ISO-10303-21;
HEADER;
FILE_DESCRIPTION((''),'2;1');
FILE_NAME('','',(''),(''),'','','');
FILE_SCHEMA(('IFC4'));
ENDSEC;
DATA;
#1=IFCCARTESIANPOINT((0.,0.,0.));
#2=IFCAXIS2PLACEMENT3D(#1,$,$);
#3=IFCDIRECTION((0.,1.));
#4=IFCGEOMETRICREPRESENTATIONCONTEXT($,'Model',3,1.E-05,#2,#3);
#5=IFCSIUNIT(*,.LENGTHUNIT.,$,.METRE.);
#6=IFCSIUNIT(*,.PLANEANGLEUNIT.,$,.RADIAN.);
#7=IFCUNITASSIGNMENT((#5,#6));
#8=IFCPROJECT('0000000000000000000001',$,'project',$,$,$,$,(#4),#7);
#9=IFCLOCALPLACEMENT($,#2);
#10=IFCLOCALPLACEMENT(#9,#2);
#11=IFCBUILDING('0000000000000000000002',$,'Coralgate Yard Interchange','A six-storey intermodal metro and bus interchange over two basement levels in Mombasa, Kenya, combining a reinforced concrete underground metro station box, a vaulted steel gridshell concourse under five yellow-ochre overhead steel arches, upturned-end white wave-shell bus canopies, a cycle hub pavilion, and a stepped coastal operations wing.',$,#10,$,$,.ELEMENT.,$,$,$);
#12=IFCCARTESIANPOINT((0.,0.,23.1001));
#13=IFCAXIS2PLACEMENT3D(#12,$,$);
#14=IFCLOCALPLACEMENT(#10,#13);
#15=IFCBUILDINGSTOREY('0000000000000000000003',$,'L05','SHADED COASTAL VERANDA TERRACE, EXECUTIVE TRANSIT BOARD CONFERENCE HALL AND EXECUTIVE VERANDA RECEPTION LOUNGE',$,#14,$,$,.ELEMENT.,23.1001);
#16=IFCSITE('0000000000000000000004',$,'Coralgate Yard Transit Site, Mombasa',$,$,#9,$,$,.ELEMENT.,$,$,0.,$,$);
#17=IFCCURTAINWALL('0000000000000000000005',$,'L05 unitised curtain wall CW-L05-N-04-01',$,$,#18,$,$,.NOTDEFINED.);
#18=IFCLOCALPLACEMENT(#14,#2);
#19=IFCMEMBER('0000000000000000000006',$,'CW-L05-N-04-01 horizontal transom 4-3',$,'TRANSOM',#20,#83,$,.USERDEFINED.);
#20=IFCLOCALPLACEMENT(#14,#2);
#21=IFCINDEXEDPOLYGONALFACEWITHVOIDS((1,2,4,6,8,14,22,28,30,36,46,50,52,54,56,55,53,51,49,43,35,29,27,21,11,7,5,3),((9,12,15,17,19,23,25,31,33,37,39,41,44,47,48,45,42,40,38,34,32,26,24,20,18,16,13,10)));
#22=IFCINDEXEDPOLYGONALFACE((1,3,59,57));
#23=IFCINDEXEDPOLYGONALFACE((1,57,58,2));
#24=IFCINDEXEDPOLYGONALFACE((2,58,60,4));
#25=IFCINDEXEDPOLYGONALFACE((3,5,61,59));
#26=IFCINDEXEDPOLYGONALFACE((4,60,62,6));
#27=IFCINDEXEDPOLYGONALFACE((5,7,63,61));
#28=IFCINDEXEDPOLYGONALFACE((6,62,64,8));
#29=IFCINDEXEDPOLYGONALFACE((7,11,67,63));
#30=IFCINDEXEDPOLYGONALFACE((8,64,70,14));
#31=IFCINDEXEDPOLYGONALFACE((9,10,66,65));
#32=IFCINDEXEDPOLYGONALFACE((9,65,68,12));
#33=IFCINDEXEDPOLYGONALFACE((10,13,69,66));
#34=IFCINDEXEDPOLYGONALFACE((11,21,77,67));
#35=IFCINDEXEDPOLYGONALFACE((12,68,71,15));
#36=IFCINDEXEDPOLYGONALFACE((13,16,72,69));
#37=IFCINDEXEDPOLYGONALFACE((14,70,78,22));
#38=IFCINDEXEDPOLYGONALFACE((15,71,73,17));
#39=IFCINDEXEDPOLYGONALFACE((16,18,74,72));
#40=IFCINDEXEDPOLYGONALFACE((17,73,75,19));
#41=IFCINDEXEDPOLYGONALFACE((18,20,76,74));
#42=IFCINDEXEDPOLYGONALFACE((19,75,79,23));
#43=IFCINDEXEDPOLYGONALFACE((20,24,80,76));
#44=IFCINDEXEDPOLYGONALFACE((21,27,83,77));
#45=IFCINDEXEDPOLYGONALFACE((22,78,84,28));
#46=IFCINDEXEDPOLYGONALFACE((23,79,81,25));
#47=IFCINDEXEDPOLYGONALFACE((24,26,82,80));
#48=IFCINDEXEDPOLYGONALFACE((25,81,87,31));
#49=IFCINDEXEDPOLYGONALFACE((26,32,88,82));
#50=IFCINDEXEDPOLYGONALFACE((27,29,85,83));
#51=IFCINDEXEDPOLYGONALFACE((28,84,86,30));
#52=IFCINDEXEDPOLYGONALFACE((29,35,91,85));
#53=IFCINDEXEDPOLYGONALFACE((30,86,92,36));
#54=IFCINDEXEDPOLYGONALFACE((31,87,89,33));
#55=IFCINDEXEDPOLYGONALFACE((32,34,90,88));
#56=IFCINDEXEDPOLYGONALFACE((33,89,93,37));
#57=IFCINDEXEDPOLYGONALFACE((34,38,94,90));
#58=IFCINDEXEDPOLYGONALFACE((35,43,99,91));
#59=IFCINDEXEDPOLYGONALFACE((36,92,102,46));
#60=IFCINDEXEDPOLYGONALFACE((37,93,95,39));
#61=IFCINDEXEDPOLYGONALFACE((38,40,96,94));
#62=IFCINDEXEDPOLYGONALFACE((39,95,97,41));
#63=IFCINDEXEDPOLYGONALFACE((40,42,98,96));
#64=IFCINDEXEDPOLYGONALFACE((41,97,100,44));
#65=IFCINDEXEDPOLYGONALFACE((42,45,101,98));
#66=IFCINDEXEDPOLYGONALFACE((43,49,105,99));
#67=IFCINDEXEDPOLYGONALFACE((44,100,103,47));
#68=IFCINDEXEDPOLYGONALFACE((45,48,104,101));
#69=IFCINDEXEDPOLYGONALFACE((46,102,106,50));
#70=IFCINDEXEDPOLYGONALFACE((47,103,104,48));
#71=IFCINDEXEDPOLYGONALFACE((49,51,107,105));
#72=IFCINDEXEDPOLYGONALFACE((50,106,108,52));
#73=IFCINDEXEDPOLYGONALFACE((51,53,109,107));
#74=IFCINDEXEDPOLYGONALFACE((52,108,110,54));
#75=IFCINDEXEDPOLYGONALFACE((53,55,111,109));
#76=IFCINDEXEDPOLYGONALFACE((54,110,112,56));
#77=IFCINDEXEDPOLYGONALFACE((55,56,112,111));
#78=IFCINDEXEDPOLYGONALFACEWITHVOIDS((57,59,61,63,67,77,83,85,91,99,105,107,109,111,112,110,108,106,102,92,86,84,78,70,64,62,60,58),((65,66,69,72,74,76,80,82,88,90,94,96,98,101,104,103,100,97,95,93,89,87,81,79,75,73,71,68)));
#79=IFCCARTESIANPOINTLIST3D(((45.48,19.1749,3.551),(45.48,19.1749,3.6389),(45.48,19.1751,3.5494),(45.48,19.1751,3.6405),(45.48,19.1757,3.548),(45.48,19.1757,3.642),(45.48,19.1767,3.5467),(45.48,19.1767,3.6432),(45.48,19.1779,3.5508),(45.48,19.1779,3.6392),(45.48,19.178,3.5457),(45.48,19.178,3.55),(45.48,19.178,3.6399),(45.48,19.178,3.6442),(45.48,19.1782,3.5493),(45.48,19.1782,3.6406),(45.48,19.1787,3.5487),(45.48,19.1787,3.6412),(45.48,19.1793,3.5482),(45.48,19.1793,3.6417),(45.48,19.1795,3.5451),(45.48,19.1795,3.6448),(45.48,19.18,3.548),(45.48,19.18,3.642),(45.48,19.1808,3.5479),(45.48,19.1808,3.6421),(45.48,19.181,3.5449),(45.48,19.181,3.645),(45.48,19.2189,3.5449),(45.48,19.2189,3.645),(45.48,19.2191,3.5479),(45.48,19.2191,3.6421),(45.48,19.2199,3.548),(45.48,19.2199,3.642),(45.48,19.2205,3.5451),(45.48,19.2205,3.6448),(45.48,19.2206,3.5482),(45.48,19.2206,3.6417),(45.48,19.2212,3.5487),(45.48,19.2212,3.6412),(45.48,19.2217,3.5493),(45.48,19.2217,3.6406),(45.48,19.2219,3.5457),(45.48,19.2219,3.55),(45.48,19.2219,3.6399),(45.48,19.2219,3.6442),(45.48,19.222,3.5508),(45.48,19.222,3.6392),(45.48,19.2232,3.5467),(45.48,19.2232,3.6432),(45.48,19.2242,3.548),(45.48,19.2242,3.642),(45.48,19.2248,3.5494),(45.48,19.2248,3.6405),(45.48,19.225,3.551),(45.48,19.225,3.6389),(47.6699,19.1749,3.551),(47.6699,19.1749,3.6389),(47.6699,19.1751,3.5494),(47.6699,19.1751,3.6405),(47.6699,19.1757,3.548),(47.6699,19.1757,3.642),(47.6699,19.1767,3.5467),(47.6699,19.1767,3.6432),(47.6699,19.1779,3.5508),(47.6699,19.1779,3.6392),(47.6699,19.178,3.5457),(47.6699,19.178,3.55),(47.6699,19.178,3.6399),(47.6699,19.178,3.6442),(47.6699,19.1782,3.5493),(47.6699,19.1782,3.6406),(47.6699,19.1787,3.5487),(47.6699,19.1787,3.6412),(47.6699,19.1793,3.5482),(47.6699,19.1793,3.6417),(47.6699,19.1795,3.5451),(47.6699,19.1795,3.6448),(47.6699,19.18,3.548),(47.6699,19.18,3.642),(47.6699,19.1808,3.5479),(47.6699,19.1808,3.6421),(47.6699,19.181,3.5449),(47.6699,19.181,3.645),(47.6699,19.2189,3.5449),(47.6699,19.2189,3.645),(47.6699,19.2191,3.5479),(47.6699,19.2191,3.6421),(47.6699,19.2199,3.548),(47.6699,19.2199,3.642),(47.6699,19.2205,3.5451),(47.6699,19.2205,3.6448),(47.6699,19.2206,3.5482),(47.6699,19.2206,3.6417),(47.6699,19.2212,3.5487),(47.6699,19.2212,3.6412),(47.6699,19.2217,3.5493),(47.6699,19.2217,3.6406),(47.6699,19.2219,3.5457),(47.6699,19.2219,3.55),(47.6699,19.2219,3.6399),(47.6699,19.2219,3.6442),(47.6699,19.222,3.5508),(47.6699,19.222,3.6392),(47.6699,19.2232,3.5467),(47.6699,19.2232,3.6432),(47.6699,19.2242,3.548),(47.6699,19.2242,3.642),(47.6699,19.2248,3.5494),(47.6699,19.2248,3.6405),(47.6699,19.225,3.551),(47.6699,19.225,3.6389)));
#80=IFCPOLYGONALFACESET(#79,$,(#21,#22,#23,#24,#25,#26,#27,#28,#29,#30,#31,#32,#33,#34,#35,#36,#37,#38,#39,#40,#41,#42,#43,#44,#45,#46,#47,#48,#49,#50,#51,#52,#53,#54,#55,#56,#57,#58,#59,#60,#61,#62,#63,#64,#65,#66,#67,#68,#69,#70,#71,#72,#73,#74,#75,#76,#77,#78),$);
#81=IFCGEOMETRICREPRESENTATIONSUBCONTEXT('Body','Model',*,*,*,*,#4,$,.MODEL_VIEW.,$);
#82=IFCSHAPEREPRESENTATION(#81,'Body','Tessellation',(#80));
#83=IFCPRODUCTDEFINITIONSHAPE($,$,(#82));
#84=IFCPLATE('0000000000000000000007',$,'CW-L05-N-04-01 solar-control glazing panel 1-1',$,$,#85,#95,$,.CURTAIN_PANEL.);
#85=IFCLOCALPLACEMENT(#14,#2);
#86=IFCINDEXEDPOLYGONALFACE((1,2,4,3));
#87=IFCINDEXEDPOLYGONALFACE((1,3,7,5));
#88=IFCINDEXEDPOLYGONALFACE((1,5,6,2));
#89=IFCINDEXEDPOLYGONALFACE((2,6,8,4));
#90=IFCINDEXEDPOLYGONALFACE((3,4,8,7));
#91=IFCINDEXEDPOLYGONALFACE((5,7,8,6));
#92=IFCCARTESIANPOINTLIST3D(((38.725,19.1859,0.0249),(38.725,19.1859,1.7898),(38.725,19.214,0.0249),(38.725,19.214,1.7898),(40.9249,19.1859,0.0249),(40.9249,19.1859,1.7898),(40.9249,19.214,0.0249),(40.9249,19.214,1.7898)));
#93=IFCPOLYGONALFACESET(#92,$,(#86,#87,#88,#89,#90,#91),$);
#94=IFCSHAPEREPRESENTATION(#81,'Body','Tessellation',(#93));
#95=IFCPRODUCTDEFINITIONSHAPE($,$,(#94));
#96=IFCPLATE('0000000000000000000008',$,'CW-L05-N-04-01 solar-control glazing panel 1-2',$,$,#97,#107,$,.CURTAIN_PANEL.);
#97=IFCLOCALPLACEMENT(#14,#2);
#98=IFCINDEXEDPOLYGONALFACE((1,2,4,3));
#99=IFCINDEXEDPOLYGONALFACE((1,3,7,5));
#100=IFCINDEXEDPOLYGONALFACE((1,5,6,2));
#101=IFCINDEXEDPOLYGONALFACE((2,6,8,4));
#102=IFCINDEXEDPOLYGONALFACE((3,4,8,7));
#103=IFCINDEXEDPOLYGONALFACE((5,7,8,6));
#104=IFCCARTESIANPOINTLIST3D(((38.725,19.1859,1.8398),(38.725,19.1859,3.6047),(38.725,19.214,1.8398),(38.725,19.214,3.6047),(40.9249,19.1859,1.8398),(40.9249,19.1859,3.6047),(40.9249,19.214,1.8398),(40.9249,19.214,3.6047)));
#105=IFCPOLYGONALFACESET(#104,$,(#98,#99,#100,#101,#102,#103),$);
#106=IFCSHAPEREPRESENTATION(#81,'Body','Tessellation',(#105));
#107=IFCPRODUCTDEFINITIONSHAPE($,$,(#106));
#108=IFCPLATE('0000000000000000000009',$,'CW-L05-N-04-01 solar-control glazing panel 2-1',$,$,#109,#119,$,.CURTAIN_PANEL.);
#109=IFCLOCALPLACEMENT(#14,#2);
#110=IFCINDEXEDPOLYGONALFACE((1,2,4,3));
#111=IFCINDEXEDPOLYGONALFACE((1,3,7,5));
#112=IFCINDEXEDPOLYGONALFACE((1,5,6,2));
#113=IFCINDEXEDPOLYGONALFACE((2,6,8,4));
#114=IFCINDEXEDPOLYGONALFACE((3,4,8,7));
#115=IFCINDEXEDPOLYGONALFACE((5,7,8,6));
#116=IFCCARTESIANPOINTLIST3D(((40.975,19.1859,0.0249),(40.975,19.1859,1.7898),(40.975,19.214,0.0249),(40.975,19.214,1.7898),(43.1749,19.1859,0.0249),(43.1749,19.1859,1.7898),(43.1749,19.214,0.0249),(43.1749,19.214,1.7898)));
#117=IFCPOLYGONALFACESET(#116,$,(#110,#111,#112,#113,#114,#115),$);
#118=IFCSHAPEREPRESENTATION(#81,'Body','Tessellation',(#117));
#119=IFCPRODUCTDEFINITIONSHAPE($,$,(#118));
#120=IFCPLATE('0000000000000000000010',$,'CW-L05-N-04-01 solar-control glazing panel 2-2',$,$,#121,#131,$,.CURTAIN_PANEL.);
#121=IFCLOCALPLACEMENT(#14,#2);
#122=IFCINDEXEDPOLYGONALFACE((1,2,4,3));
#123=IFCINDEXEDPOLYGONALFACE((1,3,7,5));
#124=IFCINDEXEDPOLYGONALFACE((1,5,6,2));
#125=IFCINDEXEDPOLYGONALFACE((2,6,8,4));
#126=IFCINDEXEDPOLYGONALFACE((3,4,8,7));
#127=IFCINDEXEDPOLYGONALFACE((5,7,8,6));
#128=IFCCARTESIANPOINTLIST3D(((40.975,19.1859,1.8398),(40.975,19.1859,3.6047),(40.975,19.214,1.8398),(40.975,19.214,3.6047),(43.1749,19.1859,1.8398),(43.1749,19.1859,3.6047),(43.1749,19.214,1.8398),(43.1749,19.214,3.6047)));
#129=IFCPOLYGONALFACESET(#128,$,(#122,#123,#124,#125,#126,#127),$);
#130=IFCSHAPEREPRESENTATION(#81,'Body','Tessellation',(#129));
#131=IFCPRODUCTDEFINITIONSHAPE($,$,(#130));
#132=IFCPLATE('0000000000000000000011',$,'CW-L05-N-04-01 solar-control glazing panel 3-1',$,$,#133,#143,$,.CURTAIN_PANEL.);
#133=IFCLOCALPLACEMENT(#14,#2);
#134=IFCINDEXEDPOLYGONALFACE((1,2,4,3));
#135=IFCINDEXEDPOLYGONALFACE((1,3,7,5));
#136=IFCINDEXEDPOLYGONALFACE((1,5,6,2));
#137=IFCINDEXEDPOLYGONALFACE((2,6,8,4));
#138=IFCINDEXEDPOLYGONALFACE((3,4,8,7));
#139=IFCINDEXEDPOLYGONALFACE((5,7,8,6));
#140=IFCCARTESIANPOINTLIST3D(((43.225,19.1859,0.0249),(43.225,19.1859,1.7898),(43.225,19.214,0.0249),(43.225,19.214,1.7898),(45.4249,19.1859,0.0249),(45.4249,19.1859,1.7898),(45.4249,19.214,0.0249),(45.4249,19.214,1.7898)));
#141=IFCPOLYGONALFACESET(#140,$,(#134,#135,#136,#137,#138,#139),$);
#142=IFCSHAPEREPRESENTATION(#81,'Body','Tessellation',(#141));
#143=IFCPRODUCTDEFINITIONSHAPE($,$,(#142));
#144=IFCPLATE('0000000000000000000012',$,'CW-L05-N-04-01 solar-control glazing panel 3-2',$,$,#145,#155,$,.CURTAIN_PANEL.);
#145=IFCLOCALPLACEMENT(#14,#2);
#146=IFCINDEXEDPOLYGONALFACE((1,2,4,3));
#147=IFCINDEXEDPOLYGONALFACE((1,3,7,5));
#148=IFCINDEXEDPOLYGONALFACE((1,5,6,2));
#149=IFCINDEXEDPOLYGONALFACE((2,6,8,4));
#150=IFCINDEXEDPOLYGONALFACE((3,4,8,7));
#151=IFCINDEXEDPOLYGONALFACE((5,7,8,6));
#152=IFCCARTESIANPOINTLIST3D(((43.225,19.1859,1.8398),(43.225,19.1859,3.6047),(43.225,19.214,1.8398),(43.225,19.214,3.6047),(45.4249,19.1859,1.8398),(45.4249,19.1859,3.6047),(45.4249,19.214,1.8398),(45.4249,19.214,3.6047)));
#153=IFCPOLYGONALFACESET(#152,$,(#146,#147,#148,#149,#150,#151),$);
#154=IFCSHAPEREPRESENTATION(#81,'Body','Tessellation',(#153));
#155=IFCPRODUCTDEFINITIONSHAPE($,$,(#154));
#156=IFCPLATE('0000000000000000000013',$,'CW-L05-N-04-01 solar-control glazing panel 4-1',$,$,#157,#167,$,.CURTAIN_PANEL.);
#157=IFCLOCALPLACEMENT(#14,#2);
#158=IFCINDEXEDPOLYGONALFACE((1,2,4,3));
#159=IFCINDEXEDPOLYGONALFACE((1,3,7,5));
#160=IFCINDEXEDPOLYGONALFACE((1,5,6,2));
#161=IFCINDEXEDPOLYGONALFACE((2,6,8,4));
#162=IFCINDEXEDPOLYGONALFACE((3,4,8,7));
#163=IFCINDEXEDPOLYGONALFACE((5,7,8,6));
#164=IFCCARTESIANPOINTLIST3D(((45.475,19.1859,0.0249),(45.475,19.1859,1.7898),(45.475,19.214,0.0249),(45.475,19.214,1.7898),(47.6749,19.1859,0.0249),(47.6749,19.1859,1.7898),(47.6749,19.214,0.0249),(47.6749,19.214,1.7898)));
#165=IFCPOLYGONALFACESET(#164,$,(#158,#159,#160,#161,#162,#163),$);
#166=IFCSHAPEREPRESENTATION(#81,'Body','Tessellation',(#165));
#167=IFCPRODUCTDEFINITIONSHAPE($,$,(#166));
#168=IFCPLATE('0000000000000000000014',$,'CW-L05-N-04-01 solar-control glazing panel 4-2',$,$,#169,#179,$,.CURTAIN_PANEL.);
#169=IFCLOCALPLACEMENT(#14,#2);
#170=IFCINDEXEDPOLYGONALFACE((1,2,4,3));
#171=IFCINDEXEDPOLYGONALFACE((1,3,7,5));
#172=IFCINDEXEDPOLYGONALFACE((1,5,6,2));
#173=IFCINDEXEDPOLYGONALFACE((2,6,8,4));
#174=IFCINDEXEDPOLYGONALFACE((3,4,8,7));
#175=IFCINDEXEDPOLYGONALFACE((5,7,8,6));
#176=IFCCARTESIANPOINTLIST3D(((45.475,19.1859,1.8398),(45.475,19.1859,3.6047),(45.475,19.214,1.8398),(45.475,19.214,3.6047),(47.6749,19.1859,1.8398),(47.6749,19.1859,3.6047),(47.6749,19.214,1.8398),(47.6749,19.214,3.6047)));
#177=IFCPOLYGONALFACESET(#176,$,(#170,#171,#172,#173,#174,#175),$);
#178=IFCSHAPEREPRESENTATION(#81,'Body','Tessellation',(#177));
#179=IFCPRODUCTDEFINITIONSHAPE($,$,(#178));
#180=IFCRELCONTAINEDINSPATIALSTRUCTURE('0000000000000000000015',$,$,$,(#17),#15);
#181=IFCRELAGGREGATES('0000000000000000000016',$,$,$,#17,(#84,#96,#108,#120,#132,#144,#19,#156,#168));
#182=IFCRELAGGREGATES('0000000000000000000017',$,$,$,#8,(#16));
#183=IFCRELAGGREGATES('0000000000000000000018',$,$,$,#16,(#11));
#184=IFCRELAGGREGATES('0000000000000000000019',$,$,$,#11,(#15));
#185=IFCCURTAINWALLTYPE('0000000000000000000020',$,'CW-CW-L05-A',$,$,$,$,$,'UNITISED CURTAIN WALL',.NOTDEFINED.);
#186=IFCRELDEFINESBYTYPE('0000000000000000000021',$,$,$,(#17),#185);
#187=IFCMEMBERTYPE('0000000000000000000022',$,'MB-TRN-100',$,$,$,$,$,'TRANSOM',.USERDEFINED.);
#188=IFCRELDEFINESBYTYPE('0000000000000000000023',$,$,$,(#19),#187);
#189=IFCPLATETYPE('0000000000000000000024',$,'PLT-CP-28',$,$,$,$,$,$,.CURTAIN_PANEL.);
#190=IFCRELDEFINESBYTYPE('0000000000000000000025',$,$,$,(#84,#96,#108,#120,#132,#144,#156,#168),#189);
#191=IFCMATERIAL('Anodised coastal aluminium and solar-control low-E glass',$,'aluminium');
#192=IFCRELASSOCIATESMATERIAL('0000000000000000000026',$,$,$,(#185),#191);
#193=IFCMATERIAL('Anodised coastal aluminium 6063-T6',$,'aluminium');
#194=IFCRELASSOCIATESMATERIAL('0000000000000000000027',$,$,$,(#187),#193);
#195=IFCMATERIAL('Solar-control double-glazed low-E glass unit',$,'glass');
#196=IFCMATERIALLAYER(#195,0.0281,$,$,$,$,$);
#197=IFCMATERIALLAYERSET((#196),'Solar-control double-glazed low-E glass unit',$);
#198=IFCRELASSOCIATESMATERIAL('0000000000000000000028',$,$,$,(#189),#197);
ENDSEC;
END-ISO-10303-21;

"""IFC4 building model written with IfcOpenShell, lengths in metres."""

from ifc_helpers import new_model, si_unit, direction, frame, origin, origin_2d, place, context, subcontext, project, spatial, rectangle, hollow_rectangle, extrude, material, layer, layer_set, material_profile, profile_set, type_object, element, aggregate, save


model = new_model("IFC4")

# Units and contexts
model_context = context("Model", 3, precision=1e-05, world=origin(), true_north=direction((0.0, 1.0)))
body_context = subcontext(model_context, "Body", "Model", "MODEL_VIEW")
ifc_project = project(units=[si_unit("LENGTHUNIT", "METRE"), si_unit("PLANEANGLEUNIT", "RADIAN")], contexts=[model_context])

# Site, building, storey
site_placement = place(None, origin())
site = spatial("IfcSite", under=ifc_project, at=site_placement, Name="Coralgate Yard Transit Site, Mombasa", CompositionType="ELEMENT", RefElevation=0.0)
building_placement = place(site_placement, origin())
building = spatial("IfcBuilding", under=site, at=building_placement, Name="Coralgate Yard Interchange", Description="A six-storey intermodal metro and bus interchange over two basement levels in Mombasa, Kenya, combining a reinforced concrete underground metro station box, a vaulted steel gridshell concourse under five yellow-ochre overhead steel arches, upturned-end white wave-shell bus canopies, a cycle hub pavilion, and a stepped coastal operations wing.", CompositionType="ELEMENT")
storey_placement = place(building_placement, frame((0.0, 0.0, 23.1001)))
storey = spatial("IfcBuildingStorey", under=building, at=storey_placement, Name="L05", Description="SHADED COASTAL VERANDA TERRACE, EXECUTIVE TRANSIT BOARD CONFERENCE HALL AND EXECUTIVE VERANDA RECEPTION LOUNGE", CompositionType="ELEMENT", Elevation=23.1001)

# Curtain wall, member, plates
ifc_material_1 = material(Name="Anodised coastal aluminium and solar-control low-E glass", Category="aluminium")
curtain_wall_type = type_object("IfcCurtainWallType", Name="CW-CW-L05-A", ElementType="UNITISED CURTAIN WALL", PredefinedType="NOTDEFINED", material=ifc_material_1)
curtain_wall_placement = place(storey_placement, origin())
curtain_wall = element("IfcCurtainWall", 1, at=curtain_wall_placement, inside=storey, type_object=curtain_wall_type, Name="L05 unitised curtain wall CW-L05-N-04-01", PredefinedType="NOTDEFINED")
ifc_material_2 = material(Name="Anodised coastal aluminium 6063-T6", Category="aluminium")
ifc_material_profile_1 = material_profile(ifc_material_2, hollow_rectangle(XDim=0.05, YDim=0.1001, WallThickness=0.0029, InnerFilletRadius=0.0029, OuterFilletRadius=0.0061, at=origin_2d()), Name="ALU 50x100x3")
ifc_profile_set_1 = profile_set([ifc_material_profile_1], Name="Anodised coastal aluminium 6063-T6")
member_type_1 = type_object("IfcMemberType", Name="MB-TRN-100", ElementType="TRANSOM", PredefinedType="USERDEFINED", material=ifc_profile_set_1)
member_1_placement = place(storey_placement, frame((45.48, 19.2, 3.595), z_axis=(1.0, 0.0, 0.0), x_axis=(0.0, 1.0, 0.0)))
member_1 = element("IfcMember", 2, at=member_1_placement, type_object=member_type_1, Name="CW-L05-N-04-01 horizontal transom 4-3", ObjectType="TRANSOM", PredefinedType="USERDEFINED", context=body_context, shape_type="SweptSolid", body=[
    extrude(hollow_rectangle(XDim=0.05, YDim=0.1001, WallThickness=0.0029, InnerFilletRadius=0.0029, OuterFilletRadius=0.0061, at=origin_2d()), origin(), (0.0, 0.0, 1.0), 2.1899),
])
ifc_material_3 = material(Name="Solar-control double-glazed low-E glass unit", Category="glass")
ifc_layer_1 = layer(ifc_material_3, 0.0281)
ifc_layer_set_1 = layer_set([ifc_layer_1], Name="Solar-control double-glazed low-E glass unit")
plate_type = type_object("IfcPlateType", Name="PLT-CP-28", PredefinedType="CURTAIN_PANEL", material=ifc_layer_set_1)
plate_1_placement = place(storey_placement, frame((39.825, 19.2, 0.0249), z_axis=(0.0, 0.0, 1.0), x_axis=(1.0, 0.0, 0.0)))
plate_1 = element("IfcPlate", 3, at=plate_1_placement, type_object=plate_type, Name="CW-L05-N-04-01 solar-control glazing panel 1-1", PredefinedType="CURTAIN_PANEL", context=body_context, shape_type="SweptSolid", body=[
    extrude(rectangle(XDim=2.2, YDim=0.0281, at=origin_2d()), origin(), (0.0, 0.0, 1.0), 1.7649),
])
plate_2_placement = place(storey_placement, frame((39.825, 19.2, 1.8398), z_axis=(0.0, 0.0, 1.0), x_axis=(1.0, 0.0, 0.0)))
plate_2 = element("IfcPlate", 4, at=plate_2_placement, type_object=plate_type, Name="CW-L05-N-04-01 solar-control glazing panel 1-2", PredefinedType="CURTAIN_PANEL", context=body_context, shape_type="SweptSolid", body=[
    extrude(rectangle(XDim=2.2, YDim=0.0281, at=origin_2d()), origin(), (0.0, 0.0, 1.0), 1.7649),
])
plate_3_placement = place(storey_placement, frame((42.075, 19.2, 0.0249), z_axis=(0.0, 0.0, 1.0), x_axis=(1.0, 0.0, 0.0)))
plate_3 = element("IfcPlate", 5, at=plate_3_placement, type_object=plate_type, Name="CW-L05-N-04-01 solar-control glazing panel 2-1", PredefinedType="CURTAIN_PANEL", context=body_context, shape_type="SweptSolid", body=[
    extrude(rectangle(XDim=2.2, YDim=0.0281, at=origin_2d()), origin(), (0.0, 0.0, 1.0), 1.7649),
])
plate_4_placement = place(storey_placement, frame((42.075, 19.2, 1.8398), z_axis=(0.0, 0.0, 1.0), x_axis=(1.0, 0.0, 0.0)))
plate_4 = element("IfcPlate", 6, at=plate_4_placement, type_object=plate_type, Name="CW-L05-N-04-01 solar-control glazing panel 2-2", PredefinedType="CURTAIN_PANEL", context=body_context, shape_type="SweptSolid", body=[
    extrude(rectangle(XDim=2.2, YDim=0.0281, at=origin_2d()), origin(), (0.0, 0.0, 1.0), 1.7649),
])
plate_5_placement = place(storey_placement, frame((44.325, 19.2, 0.0249), z_axis=(0.0, 0.0, 1.0), x_axis=(1.0, 0.0, 0.0)))
plate_5 = element("IfcPlate", 7, at=plate_5_placement, type_object=plate_type, Name="CW-L05-N-04-01 solar-control glazing panel 3-1", PredefinedType="CURTAIN_PANEL", context=body_context, shape_type="SweptSolid", body=[
    extrude(rectangle(XDim=2.2, YDim=0.0281, at=origin_2d()), origin(), (0.0, 0.0, 1.0), 1.7649),
])
plate_6_placement = place(storey_placement, frame((44.325, 19.2, 1.8398), z_axis=(0.0, 0.0, 1.0), x_axis=(1.0, 0.0, 0.0)))
plate_6 = element("IfcPlate", 8, at=plate_6_placement, type_object=plate_type, Name="CW-L05-N-04-01 solar-control glazing panel 3-2", PredefinedType="CURTAIN_PANEL", context=body_context, shape_type="SweptSolid", body=[
    extrude(rectangle(XDim=2.2, YDim=0.0281, at=origin_2d()), origin(), (0.0, 0.0, 1.0), 1.7649),
])
plate_7_placement = place(storey_placement, frame((46.575, 19.2, 0.0249), z_axis=(0.0, 0.0, 1.0), x_axis=(1.0, 0.0, 0.0)))
plate_7 = element("IfcPlate", 9, at=plate_7_placement, type_object=plate_type, Name="CW-L05-N-04-01 solar-control glazing panel 4-1", PredefinedType="CURTAIN_PANEL", context=body_context, shape_type="SweptSolid", body=[
    extrude(rectangle(XDim=2.2, YDim=0.0281, at=origin_2d()), origin(), (0.0, 0.0, 1.0), 1.7649),
])
plate_8_placement = place(storey_placement, frame((46.575, 19.2, 1.8398), z_axis=(0.0, 0.0, 1.0), x_axis=(1.0, 0.0, 0.0)))
plate_8 = element("IfcPlate", 10, at=plate_8_placement, type_object=plate_type, Name="CW-L05-N-04-01 solar-control glazing panel 4-2", PredefinedType="CURTAIN_PANEL", context=body_context, shape_type="SweptSolid", body=[
    extrude(rectangle(XDim=2.2, YDim=0.0281, at=origin_2d()), origin(), (0.0, 0.0, 1.0), 1.7649),
])
aggregate(curtain_wall, [plate_1, plate_2, plate_3, plate_4, plate_5, plate_6, member_1, plate_7, plate_8])

save(model, "model.ifc")
